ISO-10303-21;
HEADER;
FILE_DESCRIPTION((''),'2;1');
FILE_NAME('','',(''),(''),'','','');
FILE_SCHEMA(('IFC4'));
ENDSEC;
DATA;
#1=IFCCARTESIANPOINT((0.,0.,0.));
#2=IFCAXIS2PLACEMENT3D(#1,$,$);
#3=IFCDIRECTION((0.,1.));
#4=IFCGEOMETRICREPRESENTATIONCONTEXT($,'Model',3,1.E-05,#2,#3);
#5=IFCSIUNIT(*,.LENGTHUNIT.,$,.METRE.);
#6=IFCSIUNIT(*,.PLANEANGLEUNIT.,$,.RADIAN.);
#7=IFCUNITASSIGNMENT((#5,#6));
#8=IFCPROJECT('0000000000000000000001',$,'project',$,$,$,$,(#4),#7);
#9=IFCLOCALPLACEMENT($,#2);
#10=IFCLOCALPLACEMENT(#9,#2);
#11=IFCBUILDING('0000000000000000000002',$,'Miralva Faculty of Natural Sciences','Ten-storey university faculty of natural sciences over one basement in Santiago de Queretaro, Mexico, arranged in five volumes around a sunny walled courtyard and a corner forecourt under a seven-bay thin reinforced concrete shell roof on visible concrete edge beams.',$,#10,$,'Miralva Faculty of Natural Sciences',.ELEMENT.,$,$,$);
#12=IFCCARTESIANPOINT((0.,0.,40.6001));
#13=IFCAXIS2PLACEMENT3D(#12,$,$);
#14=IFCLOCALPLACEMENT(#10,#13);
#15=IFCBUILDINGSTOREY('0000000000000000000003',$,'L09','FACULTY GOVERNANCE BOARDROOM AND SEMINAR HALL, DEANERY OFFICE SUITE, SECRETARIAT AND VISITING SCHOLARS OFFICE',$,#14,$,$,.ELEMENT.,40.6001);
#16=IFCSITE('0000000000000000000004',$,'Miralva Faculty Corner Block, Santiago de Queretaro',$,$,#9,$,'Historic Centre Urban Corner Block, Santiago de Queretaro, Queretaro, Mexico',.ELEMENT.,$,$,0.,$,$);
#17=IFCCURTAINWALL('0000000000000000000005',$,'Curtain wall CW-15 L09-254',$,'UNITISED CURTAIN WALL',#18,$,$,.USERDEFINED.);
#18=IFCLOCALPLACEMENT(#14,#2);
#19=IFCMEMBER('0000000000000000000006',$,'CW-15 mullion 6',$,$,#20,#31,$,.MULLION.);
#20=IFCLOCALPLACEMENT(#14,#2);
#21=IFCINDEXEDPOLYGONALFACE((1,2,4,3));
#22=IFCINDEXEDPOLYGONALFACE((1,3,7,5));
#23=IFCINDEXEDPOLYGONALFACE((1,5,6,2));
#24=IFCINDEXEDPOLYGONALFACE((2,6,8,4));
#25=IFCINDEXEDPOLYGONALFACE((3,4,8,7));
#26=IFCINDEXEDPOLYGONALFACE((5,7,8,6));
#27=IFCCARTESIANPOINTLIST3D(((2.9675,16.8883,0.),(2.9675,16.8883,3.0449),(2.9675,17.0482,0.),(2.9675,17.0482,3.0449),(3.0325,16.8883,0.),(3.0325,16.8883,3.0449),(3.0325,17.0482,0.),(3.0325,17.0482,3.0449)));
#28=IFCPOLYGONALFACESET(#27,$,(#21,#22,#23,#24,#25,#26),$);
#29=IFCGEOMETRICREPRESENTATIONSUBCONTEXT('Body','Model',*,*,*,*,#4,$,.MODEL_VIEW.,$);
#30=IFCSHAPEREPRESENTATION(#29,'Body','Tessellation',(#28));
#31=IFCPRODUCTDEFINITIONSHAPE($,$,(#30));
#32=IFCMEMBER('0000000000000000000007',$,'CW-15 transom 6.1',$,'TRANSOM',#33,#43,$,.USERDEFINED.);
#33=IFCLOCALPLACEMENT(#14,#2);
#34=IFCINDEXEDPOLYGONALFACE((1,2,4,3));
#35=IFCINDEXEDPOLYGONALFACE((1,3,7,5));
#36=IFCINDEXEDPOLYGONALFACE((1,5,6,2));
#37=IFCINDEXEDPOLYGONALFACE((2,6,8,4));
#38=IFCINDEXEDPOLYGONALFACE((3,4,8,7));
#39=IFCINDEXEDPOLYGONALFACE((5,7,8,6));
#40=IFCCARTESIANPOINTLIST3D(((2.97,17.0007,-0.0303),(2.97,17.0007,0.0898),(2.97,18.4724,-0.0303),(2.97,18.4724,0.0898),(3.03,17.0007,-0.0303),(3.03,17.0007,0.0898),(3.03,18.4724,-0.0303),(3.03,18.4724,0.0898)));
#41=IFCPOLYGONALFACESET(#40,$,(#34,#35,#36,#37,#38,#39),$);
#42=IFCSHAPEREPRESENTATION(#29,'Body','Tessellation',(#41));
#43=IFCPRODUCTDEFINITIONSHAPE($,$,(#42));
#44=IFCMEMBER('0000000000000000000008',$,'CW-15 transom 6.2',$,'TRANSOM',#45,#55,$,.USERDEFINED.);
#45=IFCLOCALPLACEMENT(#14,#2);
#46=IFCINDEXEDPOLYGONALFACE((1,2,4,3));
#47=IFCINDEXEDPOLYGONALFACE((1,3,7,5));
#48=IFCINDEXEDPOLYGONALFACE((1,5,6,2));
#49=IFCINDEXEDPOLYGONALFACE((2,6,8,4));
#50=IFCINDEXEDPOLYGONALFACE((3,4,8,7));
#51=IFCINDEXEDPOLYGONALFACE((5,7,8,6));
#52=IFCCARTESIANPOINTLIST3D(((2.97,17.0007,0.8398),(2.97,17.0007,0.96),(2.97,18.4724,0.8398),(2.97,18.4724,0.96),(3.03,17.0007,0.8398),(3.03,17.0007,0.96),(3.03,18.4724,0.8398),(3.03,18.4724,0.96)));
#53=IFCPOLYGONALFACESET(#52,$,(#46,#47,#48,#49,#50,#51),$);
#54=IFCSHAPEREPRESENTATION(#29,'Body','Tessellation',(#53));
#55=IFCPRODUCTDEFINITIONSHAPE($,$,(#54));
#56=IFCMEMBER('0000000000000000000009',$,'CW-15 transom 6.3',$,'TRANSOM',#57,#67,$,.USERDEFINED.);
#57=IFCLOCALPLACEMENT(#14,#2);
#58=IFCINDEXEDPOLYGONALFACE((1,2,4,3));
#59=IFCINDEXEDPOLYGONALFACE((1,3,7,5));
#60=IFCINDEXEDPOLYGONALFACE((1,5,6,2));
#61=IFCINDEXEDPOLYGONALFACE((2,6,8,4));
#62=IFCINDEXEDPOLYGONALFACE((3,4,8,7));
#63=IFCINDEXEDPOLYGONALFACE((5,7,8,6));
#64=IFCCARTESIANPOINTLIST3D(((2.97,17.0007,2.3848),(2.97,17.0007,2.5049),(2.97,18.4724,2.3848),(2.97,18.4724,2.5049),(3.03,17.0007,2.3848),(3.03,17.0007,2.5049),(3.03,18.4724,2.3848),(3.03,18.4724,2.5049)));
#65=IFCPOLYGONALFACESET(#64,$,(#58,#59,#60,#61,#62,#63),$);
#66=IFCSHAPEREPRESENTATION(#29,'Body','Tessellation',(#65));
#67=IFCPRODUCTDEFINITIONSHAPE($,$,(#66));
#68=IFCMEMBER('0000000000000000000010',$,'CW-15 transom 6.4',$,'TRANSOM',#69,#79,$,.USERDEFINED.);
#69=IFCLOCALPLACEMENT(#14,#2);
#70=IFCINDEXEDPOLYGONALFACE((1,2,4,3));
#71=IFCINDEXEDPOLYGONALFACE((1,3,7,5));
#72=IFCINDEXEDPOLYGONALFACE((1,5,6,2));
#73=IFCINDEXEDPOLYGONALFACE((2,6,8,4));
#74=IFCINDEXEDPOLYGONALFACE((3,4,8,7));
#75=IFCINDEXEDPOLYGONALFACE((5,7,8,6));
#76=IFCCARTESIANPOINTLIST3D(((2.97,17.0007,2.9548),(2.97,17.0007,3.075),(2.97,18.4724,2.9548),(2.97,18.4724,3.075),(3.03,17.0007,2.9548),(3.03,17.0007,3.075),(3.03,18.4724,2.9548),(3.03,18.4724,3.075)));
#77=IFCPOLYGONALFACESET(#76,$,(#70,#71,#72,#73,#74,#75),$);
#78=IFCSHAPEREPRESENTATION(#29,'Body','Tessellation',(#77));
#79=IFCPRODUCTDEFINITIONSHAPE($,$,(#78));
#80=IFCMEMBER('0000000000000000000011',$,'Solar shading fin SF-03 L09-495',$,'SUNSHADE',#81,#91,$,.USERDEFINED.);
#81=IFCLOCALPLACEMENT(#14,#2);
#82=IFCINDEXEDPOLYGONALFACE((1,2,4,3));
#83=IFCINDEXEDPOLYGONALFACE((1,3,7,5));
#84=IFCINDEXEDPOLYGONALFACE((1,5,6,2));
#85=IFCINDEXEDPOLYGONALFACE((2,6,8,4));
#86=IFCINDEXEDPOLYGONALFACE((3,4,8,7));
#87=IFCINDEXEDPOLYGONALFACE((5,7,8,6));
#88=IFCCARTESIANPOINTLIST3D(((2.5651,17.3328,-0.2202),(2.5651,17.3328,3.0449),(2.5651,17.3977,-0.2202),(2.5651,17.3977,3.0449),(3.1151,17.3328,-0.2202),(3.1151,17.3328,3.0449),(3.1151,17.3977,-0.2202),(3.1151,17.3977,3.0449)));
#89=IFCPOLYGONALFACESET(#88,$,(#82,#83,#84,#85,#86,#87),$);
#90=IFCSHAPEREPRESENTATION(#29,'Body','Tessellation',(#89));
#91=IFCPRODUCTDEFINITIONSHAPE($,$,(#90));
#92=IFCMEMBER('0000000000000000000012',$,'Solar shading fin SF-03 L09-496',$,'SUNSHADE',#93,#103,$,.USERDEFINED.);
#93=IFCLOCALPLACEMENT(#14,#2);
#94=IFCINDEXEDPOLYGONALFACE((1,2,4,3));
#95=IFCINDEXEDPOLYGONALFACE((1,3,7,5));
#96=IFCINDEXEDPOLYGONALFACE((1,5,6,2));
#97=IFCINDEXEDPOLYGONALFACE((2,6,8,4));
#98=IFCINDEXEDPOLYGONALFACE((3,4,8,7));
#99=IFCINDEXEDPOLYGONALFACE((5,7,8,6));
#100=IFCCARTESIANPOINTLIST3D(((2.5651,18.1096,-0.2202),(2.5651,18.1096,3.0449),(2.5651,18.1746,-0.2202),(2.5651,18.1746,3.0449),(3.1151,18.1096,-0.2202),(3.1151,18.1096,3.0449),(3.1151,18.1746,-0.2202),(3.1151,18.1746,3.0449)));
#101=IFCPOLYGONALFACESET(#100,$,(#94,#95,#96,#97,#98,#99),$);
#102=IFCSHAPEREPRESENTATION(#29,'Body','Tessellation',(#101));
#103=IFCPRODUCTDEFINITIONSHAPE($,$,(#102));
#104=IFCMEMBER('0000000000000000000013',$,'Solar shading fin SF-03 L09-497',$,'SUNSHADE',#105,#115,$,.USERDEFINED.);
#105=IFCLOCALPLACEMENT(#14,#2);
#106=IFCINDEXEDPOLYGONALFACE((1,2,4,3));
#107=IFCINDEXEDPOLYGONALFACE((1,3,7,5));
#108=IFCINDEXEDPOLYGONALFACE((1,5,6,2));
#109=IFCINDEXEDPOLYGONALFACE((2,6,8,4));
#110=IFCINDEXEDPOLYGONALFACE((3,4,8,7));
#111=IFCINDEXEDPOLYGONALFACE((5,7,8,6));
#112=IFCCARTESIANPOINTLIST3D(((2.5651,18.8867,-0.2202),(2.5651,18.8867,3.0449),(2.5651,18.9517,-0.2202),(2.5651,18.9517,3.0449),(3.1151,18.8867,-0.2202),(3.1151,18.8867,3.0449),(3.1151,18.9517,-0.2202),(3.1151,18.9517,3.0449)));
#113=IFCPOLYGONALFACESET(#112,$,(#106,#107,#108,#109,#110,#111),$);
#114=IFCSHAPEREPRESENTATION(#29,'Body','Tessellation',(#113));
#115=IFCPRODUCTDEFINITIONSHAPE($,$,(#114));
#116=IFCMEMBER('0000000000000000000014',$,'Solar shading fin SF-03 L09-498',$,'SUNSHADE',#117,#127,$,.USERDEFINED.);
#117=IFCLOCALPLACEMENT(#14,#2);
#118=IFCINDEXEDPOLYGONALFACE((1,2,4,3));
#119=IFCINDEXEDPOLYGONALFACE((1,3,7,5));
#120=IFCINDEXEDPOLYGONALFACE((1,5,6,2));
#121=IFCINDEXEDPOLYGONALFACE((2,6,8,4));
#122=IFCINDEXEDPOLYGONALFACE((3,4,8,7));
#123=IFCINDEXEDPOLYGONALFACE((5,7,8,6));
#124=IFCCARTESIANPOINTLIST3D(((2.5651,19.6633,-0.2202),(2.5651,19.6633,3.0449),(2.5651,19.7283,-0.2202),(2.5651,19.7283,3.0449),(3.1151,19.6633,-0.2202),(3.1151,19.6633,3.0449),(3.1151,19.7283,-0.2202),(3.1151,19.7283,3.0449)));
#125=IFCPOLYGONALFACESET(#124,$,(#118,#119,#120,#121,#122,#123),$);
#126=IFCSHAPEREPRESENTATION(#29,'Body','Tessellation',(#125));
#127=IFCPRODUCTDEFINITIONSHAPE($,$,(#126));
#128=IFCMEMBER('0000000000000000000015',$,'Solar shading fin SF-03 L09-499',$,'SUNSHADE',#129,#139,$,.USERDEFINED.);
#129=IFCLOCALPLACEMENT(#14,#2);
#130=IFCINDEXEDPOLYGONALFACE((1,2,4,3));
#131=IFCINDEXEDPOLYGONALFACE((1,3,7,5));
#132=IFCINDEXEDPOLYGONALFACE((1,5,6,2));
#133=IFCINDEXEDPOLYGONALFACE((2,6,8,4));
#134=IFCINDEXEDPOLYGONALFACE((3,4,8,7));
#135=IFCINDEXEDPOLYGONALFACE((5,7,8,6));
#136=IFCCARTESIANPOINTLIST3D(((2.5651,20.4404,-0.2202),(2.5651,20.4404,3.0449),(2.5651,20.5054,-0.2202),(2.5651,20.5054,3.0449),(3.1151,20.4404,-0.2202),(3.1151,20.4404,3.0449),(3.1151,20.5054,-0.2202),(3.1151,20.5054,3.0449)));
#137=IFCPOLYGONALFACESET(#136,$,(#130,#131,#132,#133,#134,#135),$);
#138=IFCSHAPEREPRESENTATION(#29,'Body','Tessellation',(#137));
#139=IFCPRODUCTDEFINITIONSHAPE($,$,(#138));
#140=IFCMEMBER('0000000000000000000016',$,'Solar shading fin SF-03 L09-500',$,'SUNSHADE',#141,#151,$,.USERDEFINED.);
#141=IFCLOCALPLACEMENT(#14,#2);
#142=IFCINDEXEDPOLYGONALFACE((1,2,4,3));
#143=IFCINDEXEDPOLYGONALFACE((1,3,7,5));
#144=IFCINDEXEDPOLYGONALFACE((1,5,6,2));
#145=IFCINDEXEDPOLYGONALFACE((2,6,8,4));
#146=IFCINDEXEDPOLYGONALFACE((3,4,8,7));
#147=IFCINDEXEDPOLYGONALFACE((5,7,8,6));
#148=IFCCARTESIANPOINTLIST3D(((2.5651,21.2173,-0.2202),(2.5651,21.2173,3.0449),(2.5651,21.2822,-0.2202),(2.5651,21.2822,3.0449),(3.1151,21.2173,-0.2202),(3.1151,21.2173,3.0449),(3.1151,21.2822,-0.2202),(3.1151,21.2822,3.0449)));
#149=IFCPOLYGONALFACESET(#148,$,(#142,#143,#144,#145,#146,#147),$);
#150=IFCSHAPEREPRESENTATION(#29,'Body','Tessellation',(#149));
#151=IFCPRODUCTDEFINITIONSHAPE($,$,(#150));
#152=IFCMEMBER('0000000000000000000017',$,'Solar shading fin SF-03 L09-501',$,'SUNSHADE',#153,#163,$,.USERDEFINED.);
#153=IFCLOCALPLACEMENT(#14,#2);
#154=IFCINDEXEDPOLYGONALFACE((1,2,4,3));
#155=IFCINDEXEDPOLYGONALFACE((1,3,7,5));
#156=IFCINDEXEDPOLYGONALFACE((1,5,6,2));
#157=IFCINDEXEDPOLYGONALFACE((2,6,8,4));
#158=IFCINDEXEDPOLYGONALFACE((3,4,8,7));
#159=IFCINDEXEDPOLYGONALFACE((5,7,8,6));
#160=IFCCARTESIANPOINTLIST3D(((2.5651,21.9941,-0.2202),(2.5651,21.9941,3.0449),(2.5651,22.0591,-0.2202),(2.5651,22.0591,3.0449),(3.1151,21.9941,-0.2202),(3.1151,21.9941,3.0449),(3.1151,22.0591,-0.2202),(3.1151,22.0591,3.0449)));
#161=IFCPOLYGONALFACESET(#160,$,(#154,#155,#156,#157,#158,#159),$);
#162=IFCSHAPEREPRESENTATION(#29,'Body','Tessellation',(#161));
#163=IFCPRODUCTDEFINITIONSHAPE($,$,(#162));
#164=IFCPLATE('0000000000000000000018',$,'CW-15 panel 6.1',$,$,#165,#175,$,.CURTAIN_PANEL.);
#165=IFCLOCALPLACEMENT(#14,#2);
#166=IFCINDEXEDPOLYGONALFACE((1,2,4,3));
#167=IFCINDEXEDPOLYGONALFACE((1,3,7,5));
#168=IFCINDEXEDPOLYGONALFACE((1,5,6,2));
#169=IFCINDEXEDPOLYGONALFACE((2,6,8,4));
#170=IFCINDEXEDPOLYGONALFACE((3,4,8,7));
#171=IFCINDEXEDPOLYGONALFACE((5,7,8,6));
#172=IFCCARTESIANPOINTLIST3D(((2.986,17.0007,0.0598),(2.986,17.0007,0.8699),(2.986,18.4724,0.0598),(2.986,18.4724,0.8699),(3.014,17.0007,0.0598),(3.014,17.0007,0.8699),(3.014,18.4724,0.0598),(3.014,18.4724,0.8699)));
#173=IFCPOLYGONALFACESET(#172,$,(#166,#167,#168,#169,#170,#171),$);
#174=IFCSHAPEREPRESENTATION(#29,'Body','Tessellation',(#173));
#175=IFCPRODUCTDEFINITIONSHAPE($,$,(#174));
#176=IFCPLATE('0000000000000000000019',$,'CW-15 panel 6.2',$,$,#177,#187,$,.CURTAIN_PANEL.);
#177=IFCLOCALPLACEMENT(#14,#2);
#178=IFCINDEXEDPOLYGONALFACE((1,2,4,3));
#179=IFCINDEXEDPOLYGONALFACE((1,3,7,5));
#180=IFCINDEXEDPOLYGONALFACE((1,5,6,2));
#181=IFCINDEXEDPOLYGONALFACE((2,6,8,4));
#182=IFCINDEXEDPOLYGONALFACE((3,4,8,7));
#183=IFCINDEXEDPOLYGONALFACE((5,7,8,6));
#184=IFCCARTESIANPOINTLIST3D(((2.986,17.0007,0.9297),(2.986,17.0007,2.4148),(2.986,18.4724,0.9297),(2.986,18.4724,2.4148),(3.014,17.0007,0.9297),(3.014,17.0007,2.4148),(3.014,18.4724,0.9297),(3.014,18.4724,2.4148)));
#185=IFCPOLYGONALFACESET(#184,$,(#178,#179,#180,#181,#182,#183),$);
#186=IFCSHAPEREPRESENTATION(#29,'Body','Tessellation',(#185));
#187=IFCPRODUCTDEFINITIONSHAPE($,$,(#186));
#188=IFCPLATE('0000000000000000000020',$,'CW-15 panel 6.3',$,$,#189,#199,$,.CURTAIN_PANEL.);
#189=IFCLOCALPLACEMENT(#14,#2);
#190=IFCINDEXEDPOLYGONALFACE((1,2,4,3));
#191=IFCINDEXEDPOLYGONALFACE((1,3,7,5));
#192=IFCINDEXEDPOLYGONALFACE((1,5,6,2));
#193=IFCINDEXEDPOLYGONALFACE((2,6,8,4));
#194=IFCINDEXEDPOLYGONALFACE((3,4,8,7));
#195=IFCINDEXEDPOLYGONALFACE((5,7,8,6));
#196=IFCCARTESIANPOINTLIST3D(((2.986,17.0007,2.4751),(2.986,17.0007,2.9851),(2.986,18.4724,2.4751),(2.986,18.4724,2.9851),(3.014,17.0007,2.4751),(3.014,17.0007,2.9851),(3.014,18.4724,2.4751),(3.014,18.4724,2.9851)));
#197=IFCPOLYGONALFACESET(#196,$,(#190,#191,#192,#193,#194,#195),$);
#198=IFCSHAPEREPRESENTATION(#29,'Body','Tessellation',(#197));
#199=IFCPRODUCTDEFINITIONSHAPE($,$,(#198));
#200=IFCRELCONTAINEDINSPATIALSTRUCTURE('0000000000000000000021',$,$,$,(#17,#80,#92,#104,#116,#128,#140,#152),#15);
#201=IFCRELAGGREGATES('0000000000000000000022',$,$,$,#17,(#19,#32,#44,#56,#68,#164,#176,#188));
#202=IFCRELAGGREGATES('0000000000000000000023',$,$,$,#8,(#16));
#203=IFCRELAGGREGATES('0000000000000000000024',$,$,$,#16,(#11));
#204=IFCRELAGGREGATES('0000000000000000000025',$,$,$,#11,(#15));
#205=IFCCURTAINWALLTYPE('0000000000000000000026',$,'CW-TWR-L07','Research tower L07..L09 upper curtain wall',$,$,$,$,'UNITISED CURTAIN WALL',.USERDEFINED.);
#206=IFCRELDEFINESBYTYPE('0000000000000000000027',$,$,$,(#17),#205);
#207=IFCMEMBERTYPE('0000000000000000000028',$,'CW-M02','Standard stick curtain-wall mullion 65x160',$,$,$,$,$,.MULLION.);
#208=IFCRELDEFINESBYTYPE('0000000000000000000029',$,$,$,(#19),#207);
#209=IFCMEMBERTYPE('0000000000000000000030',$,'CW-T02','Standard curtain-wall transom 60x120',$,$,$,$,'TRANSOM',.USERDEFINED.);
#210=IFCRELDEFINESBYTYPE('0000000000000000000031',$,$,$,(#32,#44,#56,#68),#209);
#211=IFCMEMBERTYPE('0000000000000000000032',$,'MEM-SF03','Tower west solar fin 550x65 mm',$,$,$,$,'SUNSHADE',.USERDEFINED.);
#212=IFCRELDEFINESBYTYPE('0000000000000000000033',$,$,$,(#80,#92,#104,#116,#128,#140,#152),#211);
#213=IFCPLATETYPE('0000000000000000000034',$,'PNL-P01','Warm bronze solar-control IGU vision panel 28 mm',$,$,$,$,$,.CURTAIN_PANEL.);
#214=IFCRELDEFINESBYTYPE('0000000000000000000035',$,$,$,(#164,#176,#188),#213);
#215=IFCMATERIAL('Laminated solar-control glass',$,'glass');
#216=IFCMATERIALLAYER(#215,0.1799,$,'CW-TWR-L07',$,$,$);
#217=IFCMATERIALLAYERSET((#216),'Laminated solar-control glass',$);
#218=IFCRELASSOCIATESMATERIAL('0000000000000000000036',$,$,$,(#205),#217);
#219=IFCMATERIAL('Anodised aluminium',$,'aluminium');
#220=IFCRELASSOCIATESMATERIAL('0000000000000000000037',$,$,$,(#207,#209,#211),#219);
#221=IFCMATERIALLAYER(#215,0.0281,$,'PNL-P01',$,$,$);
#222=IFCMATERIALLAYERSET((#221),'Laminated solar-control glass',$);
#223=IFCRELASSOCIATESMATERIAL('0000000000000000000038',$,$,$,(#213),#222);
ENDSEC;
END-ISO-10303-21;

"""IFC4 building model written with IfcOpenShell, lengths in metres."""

from ifc_helpers import new_model, si_unit, direction, frame, origin, origin_2d, place, context, subcontext, project, spatial, rectangle, extrude, material, layer, layer_set, material_profile, profile_set, type_object, element, aggregate, save


model = new_model("IFC4")

# Units and contexts
model_context = context("Model", 3, precision=1e-05, world=origin(), true_north=direction((0.0, 1.0)))
body_context = subcontext(model_context, "Body", "Model", "MODEL_VIEW")
ifc_project = project(units=[si_unit("LENGTHUNIT", "METRE"), si_unit("PLANEANGLEUNIT", "RADIAN")], contexts=[model_context])

# Site, building, storey
site_placement = place(None, origin())
site = spatial("IfcSite", under=ifc_project, at=site_placement, Name="Miralva Faculty Corner Block, Santiago de Queretaro", LongName="Historic Centre Urban Corner Block, Santiago de Queretaro, Queretaro, Mexico", CompositionType="ELEMENT", RefElevation=0.0)
building_placement = place(site_placement, origin())
building = spatial("IfcBuilding", under=site, at=building_placement, Name="Miralva Faculty of Natural Sciences", Description="Ten-storey university faculty of natural sciences over one basement in Santiago de Queretaro, Mexico, arranged in five volumes around a sunny walled courtyard and a corner forecourt under a seven-bay thin reinforced concrete shell roof on visible concrete edge beams.", LongName="Miralva Faculty of Natural Sciences", CompositionType="ELEMENT")
storey_placement = place(building_placement, frame((0.0, 0.0, 40.6001)))
storey = spatial("IfcBuildingStorey", under=building, at=storey_placement, Name="L09", Description="FACULTY GOVERNANCE BOARDROOM AND SEMINAR HALL, DEANERY OFFICE SUITE, SECRETARIAT AND VISITING SCHOLARS OFFICE", CompositionType="ELEMENT", Elevation=40.6001)

# Curtain wall, members
ifc_material_1 = material(Name="Laminated solar-control glass", Category="glass")
ifc_layer_1 = layer(ifc_material_1, 0.1799, Name="CW-TWR-L07")
ifc_layer_set_1 = layer_set([ifc_layer_1], Name="Laminated solar-control glass")
curtain_wall_type = type_object("IfcCurtainWallType", Name="CW-TWR-L07", Description="Research tower L07..L09 upper curtain wall", ElementType="UNITISED CURTAIN WALL", PredefinedType="USERDEFINED", material=ifc_layer_set_1)
curtain_wall_placement = place(storey_placement, origin())
curtain_wall = element("IfcCurtainWall", 1, at=curtain_wall_placement, inside=storey, type_object=curtain_wall_type, Name="Curtain wall CW-15 L09-254", ObjectType="UNITISED CURTAIN WALL", PredefinedType="USERDEFINED")
ifc_material_2 = material(Name="Anodised aluminium", Category="aluminium")
ifc_material_profile_1 = material_profile(ifc_material_2, rectangle(XDim=0.0649, YDim=0.1599, at=origin_2d()), Name="MULLION 65x160")
ifc_profile_set_1 = profile_set([ifc_material_profile_1], Name="Anodised aluminium")
member_type_1 = type_object("IfcMemberType", Name="CW-M02", Description="Standard stick curtain-wall mullion 65x160", PredefinedType="MULLION", material=ifc_profile_set_1)
member_1_placement = place(storey_placement, frame((3.0, 16.9683, 0.0), z_axis=(0.0, 0.0, 1.0), x_axis=(-1.0, 0.0, 0.0)))
member_1 = element("IfcMember", 2, at=member_1_placement, type_object=member_type_1, Name="CW-15 mullion 6", PredefinedType="MULLION", context=body_context, shape_type="SweptSolid", body=[
    extrude(rectangle(XDim=0.0649, YDim=0.1599, at=origin_2d()), origin(), (0.0, 0.0, 1.0), 3.0449),
])
ifc_material_profile_2 = material_profile(ifc_material_2, rectangle(XDim=0.0601, YDim=0.1201, at=origin_2d()), Name="TRANSOM 60x120")
ifc_profile_set_2 = profile_set([ifc_material_profile_2], Name="Anodised aluminium")
member_type_2 = type_object("IfcMemberType", Name="CW-T02", Description="Standard curtain-wall transom 60x120", ElementType="TRANSOM", PredefinedType="USERDEFINED", material=ifc_profile_set_2)
member_2_placement = place(storey_placement, frame((3.0, 17.0007, 0.0298), z_axis=(0.0, 1.0, 0.0), x_axis=(-1.0, 0.0, 0.0)))
member_2 = element("IfcMember", 3, at=member_2_placement, type_object=member_type_2, Name="CW-15 transom 6.1", ObjectType="TRANSOM", PredefinedType="USERDEFINED", context=body_context, shape_type="SweptSolid", body=[
    extrude(rectangle(XDim=0.0601, YDim=0.1201, at=origin_2d()), origin(), (0.0, 0.0, 1.0), 1.4717),
])
member_3_placement = place(storey_placement, frame((3.0, 17.0007, 0.8999), z_axis=(0.0, 1.0, 0.0), x_axis=(-1.0, 0.0, 0.0)))
member_3 = element("IfcMember", 4, at=member_3_placement, type_object=member_type_2, Name="CW-15 transom 6.2", ObjectType="TRANSOM", PredefinedType="USERDEFINED", context=body_context, shape_type="SweptSolid", body=[
    extrude(rectangle(XDim=0.0601, YDim=0.1201, at=origin_2d()), origin(), (0.0, 0.0, 1.0), 1.4717),
])
member_4_placement = place(storey_placement, frame((3.0, 17.0007, 2.4448), z_axis=(0.0, 1.0, 0.0), x_axis=(-1.0, 0.0, 0.0)))
member_4 = element("IfcMember", 5, at=member_4_placement, type_object=member_type_2, Name="CW-15 transom 6.3", ObjectType="TRANSOM", PredefinedType="USERDEFINED", context=body_context, shape_type="SweptSolid", body=[
    extrude(rectangle(XDim=0.0601, YDim=0.1201, at=origin_2d()), origin(), (0.0, 0.0, 1.0), 1.4717),
])
member_5_placement = place(storey_placement, frame((3.0, 17.0007, 3.0149), z_axis=(0.0, 1.0, 0.0), x_axis=(-1.0, 0.0, 0.0)))
member_5 = element("IfcMember", 6, at=member_5_placement, type_object=member_type_2, Name="CW-15 transom 6.4", ObjectType="TRANSOM", PredefinedType="USERDEFINED", context=body_context, shape_type="SweptSolid", body=[
    extrude(rectangle(XDim=0.0601, YDim=0.1201, at=origin_2d()), origin(), (0.0, 0.0, 1.0), 1.4717),
])

# Members
ifc_material_profile_3 = material_profile(ifc_material_2, rectangle(XDim=0.0649, YDim=0.55, at=origin_2d()), Name="FIN 550x65")
ifc_profile_set_3 = profile_set([ifc_material_profile_3], Name="Anodised aluminium")
member_type_3 = type_object("IfcMemberType", Name="MEM-SF03", Description="Tower west solar fin 550x65 mm", ElementType="SUNSHADE", PredefinedType="USERDEFINED", material=ifc_profile_set_3)
for number, where, z_axis, x_axis, name in (
    (7, (2.8401, 17.3652, -0.2202), (0.0, 0.0, 1.0), (0.0, -1.0, 0.0), "Solar shading fin SF-03 L09-495"),
    (8, (2.8401, 18.1421, -0.2202), (0.0, 0.0, 1.0), (0.0, -1.0, 0.0), "Solar shading fin SF-03 L09-496"),
    (9, (2.8401, 18.9192, -0.2202), (0.0, 0.0, 1.0), (0.0, -1.0, 0.0), "Solar shading fin SF-03 L09-497"),
    (10, (2.8401, 19.6958, -0.2202), (0.0, 0.0, 1.0), (0.0, -1.0, 0.0), "Solar shading fin SF-03 L09-498"),
    (11, (2.8401, 20.4729, -0.2202), (0.0, 0.0, 1.0), (0.0, -1.0, 0.0), "Solar shading fin SF-03 L09-499"),
    (12, (2.8401, 21.2498, -0.2202), (0.0, 0.0, 1.0), (0.0, -1.0, 0.0), "Solar shading fin SF-03 L09-500"),
    (13, (2.8401, 22.0266, -0.2202), (0.0, 0.0, 1.0), (0.0, -1.0, 0.0), "Solar shading fin SF-03 L09-501"),
):
    element("IfcMember", number, at=place(storey_placement, frame(where, z_axis=z_axis, x_axis=x_axis)), inside=storey, type_object=member_type_3, Name=name, ObjectType="SUNSHADE", PredefinedType="USERDEFINED", context=body_context, shape_type="SweptSolid", body=[
        extrude(rectangle(XDim=0.0649, YDim=0.55, at=origin_2d()), origin(), (0.0, 0.0, 1.0), 3.2651),
    ])

# Plates
ifc_layer_2 = layer(ifc_material_1, 0.0281, Name="PNL-P01")
ifc_layer_set_2 = layer_set([ifc_layer_2], Name="Laminated solar-control glass")
plate_type = type_object("IfcPlateType", Name="PNL-P01", Description="Warm bronze solar-control IGU vision panel 28 mm", PredefinedType="CURTAIN_PANEL", material=ifc_layer_set_2)
plate_1_placement = place(storey_placement, frame((3.0, 17.7366, 0.0598), z_axis=(0.0, 0.0, 1.0), x_axis=(0.0, 1.0, 0.0)))
plate_1 = element("IfcPlate", 14, at=plate_1_placement, type_object=plate_type, Name="CW-15 panel 6.1", PredefinedType="CURTAIN_PANEL", context=body_context, shape_type="SweptSolid", body=[
    extrude(rectangle(XDim=1.4717, YDim=0.0281, at=origin_2d()), origin(), (0.0, 0.0, 1.0), 0.8101),
])
plate_2_placement = place(storey_placement, frame((3.0, 17.7366, 0.9297), z_axis=(0.0, 0.0, 1.0), x_axis=(0.0, 1.0, 0.0)))
plate_2 = element("IfcPlate", 15, at=plate_2_placement, type_object=plate_type, Name="CW-15 panel 6.2", PredefinedType="CURTAIN_PANEL", context=body_context, shape_type="SweptSolid", body=[
    extrude(rectangle(XDim=1.4717, YDim=0.0281, at=origin_2d()), origin(), (0.0, 0.0, 1.0), 1.4851),
])
plate_3_placement = place(storey_placement, frame((3.0, 17.7366, 2.4751), z_axis=(0.0, 0.0, 1.0), x_axis=(0.0, 1.0, 0.0)))
plate_3 = element("IfcPlate", 16, at=plate_3_placement, type_object=plate_type, Name="CW-15 panel 6.3", PredefinedType="CURTAIN_PANEL", context=body_context, shape_type="SweptSolid", body=[
    extrude(rectangle(XDim=1.4717, YDim=0.0281, at=origin_2d()), origin(), (0.0, 0.0, 1.0), 0.51),
])
aggregate(curtain_wall, [member_1, member_2, member_3, member_4, member_5, plate_1, plate_2, plate_3])

save(model, "model.ifc")
